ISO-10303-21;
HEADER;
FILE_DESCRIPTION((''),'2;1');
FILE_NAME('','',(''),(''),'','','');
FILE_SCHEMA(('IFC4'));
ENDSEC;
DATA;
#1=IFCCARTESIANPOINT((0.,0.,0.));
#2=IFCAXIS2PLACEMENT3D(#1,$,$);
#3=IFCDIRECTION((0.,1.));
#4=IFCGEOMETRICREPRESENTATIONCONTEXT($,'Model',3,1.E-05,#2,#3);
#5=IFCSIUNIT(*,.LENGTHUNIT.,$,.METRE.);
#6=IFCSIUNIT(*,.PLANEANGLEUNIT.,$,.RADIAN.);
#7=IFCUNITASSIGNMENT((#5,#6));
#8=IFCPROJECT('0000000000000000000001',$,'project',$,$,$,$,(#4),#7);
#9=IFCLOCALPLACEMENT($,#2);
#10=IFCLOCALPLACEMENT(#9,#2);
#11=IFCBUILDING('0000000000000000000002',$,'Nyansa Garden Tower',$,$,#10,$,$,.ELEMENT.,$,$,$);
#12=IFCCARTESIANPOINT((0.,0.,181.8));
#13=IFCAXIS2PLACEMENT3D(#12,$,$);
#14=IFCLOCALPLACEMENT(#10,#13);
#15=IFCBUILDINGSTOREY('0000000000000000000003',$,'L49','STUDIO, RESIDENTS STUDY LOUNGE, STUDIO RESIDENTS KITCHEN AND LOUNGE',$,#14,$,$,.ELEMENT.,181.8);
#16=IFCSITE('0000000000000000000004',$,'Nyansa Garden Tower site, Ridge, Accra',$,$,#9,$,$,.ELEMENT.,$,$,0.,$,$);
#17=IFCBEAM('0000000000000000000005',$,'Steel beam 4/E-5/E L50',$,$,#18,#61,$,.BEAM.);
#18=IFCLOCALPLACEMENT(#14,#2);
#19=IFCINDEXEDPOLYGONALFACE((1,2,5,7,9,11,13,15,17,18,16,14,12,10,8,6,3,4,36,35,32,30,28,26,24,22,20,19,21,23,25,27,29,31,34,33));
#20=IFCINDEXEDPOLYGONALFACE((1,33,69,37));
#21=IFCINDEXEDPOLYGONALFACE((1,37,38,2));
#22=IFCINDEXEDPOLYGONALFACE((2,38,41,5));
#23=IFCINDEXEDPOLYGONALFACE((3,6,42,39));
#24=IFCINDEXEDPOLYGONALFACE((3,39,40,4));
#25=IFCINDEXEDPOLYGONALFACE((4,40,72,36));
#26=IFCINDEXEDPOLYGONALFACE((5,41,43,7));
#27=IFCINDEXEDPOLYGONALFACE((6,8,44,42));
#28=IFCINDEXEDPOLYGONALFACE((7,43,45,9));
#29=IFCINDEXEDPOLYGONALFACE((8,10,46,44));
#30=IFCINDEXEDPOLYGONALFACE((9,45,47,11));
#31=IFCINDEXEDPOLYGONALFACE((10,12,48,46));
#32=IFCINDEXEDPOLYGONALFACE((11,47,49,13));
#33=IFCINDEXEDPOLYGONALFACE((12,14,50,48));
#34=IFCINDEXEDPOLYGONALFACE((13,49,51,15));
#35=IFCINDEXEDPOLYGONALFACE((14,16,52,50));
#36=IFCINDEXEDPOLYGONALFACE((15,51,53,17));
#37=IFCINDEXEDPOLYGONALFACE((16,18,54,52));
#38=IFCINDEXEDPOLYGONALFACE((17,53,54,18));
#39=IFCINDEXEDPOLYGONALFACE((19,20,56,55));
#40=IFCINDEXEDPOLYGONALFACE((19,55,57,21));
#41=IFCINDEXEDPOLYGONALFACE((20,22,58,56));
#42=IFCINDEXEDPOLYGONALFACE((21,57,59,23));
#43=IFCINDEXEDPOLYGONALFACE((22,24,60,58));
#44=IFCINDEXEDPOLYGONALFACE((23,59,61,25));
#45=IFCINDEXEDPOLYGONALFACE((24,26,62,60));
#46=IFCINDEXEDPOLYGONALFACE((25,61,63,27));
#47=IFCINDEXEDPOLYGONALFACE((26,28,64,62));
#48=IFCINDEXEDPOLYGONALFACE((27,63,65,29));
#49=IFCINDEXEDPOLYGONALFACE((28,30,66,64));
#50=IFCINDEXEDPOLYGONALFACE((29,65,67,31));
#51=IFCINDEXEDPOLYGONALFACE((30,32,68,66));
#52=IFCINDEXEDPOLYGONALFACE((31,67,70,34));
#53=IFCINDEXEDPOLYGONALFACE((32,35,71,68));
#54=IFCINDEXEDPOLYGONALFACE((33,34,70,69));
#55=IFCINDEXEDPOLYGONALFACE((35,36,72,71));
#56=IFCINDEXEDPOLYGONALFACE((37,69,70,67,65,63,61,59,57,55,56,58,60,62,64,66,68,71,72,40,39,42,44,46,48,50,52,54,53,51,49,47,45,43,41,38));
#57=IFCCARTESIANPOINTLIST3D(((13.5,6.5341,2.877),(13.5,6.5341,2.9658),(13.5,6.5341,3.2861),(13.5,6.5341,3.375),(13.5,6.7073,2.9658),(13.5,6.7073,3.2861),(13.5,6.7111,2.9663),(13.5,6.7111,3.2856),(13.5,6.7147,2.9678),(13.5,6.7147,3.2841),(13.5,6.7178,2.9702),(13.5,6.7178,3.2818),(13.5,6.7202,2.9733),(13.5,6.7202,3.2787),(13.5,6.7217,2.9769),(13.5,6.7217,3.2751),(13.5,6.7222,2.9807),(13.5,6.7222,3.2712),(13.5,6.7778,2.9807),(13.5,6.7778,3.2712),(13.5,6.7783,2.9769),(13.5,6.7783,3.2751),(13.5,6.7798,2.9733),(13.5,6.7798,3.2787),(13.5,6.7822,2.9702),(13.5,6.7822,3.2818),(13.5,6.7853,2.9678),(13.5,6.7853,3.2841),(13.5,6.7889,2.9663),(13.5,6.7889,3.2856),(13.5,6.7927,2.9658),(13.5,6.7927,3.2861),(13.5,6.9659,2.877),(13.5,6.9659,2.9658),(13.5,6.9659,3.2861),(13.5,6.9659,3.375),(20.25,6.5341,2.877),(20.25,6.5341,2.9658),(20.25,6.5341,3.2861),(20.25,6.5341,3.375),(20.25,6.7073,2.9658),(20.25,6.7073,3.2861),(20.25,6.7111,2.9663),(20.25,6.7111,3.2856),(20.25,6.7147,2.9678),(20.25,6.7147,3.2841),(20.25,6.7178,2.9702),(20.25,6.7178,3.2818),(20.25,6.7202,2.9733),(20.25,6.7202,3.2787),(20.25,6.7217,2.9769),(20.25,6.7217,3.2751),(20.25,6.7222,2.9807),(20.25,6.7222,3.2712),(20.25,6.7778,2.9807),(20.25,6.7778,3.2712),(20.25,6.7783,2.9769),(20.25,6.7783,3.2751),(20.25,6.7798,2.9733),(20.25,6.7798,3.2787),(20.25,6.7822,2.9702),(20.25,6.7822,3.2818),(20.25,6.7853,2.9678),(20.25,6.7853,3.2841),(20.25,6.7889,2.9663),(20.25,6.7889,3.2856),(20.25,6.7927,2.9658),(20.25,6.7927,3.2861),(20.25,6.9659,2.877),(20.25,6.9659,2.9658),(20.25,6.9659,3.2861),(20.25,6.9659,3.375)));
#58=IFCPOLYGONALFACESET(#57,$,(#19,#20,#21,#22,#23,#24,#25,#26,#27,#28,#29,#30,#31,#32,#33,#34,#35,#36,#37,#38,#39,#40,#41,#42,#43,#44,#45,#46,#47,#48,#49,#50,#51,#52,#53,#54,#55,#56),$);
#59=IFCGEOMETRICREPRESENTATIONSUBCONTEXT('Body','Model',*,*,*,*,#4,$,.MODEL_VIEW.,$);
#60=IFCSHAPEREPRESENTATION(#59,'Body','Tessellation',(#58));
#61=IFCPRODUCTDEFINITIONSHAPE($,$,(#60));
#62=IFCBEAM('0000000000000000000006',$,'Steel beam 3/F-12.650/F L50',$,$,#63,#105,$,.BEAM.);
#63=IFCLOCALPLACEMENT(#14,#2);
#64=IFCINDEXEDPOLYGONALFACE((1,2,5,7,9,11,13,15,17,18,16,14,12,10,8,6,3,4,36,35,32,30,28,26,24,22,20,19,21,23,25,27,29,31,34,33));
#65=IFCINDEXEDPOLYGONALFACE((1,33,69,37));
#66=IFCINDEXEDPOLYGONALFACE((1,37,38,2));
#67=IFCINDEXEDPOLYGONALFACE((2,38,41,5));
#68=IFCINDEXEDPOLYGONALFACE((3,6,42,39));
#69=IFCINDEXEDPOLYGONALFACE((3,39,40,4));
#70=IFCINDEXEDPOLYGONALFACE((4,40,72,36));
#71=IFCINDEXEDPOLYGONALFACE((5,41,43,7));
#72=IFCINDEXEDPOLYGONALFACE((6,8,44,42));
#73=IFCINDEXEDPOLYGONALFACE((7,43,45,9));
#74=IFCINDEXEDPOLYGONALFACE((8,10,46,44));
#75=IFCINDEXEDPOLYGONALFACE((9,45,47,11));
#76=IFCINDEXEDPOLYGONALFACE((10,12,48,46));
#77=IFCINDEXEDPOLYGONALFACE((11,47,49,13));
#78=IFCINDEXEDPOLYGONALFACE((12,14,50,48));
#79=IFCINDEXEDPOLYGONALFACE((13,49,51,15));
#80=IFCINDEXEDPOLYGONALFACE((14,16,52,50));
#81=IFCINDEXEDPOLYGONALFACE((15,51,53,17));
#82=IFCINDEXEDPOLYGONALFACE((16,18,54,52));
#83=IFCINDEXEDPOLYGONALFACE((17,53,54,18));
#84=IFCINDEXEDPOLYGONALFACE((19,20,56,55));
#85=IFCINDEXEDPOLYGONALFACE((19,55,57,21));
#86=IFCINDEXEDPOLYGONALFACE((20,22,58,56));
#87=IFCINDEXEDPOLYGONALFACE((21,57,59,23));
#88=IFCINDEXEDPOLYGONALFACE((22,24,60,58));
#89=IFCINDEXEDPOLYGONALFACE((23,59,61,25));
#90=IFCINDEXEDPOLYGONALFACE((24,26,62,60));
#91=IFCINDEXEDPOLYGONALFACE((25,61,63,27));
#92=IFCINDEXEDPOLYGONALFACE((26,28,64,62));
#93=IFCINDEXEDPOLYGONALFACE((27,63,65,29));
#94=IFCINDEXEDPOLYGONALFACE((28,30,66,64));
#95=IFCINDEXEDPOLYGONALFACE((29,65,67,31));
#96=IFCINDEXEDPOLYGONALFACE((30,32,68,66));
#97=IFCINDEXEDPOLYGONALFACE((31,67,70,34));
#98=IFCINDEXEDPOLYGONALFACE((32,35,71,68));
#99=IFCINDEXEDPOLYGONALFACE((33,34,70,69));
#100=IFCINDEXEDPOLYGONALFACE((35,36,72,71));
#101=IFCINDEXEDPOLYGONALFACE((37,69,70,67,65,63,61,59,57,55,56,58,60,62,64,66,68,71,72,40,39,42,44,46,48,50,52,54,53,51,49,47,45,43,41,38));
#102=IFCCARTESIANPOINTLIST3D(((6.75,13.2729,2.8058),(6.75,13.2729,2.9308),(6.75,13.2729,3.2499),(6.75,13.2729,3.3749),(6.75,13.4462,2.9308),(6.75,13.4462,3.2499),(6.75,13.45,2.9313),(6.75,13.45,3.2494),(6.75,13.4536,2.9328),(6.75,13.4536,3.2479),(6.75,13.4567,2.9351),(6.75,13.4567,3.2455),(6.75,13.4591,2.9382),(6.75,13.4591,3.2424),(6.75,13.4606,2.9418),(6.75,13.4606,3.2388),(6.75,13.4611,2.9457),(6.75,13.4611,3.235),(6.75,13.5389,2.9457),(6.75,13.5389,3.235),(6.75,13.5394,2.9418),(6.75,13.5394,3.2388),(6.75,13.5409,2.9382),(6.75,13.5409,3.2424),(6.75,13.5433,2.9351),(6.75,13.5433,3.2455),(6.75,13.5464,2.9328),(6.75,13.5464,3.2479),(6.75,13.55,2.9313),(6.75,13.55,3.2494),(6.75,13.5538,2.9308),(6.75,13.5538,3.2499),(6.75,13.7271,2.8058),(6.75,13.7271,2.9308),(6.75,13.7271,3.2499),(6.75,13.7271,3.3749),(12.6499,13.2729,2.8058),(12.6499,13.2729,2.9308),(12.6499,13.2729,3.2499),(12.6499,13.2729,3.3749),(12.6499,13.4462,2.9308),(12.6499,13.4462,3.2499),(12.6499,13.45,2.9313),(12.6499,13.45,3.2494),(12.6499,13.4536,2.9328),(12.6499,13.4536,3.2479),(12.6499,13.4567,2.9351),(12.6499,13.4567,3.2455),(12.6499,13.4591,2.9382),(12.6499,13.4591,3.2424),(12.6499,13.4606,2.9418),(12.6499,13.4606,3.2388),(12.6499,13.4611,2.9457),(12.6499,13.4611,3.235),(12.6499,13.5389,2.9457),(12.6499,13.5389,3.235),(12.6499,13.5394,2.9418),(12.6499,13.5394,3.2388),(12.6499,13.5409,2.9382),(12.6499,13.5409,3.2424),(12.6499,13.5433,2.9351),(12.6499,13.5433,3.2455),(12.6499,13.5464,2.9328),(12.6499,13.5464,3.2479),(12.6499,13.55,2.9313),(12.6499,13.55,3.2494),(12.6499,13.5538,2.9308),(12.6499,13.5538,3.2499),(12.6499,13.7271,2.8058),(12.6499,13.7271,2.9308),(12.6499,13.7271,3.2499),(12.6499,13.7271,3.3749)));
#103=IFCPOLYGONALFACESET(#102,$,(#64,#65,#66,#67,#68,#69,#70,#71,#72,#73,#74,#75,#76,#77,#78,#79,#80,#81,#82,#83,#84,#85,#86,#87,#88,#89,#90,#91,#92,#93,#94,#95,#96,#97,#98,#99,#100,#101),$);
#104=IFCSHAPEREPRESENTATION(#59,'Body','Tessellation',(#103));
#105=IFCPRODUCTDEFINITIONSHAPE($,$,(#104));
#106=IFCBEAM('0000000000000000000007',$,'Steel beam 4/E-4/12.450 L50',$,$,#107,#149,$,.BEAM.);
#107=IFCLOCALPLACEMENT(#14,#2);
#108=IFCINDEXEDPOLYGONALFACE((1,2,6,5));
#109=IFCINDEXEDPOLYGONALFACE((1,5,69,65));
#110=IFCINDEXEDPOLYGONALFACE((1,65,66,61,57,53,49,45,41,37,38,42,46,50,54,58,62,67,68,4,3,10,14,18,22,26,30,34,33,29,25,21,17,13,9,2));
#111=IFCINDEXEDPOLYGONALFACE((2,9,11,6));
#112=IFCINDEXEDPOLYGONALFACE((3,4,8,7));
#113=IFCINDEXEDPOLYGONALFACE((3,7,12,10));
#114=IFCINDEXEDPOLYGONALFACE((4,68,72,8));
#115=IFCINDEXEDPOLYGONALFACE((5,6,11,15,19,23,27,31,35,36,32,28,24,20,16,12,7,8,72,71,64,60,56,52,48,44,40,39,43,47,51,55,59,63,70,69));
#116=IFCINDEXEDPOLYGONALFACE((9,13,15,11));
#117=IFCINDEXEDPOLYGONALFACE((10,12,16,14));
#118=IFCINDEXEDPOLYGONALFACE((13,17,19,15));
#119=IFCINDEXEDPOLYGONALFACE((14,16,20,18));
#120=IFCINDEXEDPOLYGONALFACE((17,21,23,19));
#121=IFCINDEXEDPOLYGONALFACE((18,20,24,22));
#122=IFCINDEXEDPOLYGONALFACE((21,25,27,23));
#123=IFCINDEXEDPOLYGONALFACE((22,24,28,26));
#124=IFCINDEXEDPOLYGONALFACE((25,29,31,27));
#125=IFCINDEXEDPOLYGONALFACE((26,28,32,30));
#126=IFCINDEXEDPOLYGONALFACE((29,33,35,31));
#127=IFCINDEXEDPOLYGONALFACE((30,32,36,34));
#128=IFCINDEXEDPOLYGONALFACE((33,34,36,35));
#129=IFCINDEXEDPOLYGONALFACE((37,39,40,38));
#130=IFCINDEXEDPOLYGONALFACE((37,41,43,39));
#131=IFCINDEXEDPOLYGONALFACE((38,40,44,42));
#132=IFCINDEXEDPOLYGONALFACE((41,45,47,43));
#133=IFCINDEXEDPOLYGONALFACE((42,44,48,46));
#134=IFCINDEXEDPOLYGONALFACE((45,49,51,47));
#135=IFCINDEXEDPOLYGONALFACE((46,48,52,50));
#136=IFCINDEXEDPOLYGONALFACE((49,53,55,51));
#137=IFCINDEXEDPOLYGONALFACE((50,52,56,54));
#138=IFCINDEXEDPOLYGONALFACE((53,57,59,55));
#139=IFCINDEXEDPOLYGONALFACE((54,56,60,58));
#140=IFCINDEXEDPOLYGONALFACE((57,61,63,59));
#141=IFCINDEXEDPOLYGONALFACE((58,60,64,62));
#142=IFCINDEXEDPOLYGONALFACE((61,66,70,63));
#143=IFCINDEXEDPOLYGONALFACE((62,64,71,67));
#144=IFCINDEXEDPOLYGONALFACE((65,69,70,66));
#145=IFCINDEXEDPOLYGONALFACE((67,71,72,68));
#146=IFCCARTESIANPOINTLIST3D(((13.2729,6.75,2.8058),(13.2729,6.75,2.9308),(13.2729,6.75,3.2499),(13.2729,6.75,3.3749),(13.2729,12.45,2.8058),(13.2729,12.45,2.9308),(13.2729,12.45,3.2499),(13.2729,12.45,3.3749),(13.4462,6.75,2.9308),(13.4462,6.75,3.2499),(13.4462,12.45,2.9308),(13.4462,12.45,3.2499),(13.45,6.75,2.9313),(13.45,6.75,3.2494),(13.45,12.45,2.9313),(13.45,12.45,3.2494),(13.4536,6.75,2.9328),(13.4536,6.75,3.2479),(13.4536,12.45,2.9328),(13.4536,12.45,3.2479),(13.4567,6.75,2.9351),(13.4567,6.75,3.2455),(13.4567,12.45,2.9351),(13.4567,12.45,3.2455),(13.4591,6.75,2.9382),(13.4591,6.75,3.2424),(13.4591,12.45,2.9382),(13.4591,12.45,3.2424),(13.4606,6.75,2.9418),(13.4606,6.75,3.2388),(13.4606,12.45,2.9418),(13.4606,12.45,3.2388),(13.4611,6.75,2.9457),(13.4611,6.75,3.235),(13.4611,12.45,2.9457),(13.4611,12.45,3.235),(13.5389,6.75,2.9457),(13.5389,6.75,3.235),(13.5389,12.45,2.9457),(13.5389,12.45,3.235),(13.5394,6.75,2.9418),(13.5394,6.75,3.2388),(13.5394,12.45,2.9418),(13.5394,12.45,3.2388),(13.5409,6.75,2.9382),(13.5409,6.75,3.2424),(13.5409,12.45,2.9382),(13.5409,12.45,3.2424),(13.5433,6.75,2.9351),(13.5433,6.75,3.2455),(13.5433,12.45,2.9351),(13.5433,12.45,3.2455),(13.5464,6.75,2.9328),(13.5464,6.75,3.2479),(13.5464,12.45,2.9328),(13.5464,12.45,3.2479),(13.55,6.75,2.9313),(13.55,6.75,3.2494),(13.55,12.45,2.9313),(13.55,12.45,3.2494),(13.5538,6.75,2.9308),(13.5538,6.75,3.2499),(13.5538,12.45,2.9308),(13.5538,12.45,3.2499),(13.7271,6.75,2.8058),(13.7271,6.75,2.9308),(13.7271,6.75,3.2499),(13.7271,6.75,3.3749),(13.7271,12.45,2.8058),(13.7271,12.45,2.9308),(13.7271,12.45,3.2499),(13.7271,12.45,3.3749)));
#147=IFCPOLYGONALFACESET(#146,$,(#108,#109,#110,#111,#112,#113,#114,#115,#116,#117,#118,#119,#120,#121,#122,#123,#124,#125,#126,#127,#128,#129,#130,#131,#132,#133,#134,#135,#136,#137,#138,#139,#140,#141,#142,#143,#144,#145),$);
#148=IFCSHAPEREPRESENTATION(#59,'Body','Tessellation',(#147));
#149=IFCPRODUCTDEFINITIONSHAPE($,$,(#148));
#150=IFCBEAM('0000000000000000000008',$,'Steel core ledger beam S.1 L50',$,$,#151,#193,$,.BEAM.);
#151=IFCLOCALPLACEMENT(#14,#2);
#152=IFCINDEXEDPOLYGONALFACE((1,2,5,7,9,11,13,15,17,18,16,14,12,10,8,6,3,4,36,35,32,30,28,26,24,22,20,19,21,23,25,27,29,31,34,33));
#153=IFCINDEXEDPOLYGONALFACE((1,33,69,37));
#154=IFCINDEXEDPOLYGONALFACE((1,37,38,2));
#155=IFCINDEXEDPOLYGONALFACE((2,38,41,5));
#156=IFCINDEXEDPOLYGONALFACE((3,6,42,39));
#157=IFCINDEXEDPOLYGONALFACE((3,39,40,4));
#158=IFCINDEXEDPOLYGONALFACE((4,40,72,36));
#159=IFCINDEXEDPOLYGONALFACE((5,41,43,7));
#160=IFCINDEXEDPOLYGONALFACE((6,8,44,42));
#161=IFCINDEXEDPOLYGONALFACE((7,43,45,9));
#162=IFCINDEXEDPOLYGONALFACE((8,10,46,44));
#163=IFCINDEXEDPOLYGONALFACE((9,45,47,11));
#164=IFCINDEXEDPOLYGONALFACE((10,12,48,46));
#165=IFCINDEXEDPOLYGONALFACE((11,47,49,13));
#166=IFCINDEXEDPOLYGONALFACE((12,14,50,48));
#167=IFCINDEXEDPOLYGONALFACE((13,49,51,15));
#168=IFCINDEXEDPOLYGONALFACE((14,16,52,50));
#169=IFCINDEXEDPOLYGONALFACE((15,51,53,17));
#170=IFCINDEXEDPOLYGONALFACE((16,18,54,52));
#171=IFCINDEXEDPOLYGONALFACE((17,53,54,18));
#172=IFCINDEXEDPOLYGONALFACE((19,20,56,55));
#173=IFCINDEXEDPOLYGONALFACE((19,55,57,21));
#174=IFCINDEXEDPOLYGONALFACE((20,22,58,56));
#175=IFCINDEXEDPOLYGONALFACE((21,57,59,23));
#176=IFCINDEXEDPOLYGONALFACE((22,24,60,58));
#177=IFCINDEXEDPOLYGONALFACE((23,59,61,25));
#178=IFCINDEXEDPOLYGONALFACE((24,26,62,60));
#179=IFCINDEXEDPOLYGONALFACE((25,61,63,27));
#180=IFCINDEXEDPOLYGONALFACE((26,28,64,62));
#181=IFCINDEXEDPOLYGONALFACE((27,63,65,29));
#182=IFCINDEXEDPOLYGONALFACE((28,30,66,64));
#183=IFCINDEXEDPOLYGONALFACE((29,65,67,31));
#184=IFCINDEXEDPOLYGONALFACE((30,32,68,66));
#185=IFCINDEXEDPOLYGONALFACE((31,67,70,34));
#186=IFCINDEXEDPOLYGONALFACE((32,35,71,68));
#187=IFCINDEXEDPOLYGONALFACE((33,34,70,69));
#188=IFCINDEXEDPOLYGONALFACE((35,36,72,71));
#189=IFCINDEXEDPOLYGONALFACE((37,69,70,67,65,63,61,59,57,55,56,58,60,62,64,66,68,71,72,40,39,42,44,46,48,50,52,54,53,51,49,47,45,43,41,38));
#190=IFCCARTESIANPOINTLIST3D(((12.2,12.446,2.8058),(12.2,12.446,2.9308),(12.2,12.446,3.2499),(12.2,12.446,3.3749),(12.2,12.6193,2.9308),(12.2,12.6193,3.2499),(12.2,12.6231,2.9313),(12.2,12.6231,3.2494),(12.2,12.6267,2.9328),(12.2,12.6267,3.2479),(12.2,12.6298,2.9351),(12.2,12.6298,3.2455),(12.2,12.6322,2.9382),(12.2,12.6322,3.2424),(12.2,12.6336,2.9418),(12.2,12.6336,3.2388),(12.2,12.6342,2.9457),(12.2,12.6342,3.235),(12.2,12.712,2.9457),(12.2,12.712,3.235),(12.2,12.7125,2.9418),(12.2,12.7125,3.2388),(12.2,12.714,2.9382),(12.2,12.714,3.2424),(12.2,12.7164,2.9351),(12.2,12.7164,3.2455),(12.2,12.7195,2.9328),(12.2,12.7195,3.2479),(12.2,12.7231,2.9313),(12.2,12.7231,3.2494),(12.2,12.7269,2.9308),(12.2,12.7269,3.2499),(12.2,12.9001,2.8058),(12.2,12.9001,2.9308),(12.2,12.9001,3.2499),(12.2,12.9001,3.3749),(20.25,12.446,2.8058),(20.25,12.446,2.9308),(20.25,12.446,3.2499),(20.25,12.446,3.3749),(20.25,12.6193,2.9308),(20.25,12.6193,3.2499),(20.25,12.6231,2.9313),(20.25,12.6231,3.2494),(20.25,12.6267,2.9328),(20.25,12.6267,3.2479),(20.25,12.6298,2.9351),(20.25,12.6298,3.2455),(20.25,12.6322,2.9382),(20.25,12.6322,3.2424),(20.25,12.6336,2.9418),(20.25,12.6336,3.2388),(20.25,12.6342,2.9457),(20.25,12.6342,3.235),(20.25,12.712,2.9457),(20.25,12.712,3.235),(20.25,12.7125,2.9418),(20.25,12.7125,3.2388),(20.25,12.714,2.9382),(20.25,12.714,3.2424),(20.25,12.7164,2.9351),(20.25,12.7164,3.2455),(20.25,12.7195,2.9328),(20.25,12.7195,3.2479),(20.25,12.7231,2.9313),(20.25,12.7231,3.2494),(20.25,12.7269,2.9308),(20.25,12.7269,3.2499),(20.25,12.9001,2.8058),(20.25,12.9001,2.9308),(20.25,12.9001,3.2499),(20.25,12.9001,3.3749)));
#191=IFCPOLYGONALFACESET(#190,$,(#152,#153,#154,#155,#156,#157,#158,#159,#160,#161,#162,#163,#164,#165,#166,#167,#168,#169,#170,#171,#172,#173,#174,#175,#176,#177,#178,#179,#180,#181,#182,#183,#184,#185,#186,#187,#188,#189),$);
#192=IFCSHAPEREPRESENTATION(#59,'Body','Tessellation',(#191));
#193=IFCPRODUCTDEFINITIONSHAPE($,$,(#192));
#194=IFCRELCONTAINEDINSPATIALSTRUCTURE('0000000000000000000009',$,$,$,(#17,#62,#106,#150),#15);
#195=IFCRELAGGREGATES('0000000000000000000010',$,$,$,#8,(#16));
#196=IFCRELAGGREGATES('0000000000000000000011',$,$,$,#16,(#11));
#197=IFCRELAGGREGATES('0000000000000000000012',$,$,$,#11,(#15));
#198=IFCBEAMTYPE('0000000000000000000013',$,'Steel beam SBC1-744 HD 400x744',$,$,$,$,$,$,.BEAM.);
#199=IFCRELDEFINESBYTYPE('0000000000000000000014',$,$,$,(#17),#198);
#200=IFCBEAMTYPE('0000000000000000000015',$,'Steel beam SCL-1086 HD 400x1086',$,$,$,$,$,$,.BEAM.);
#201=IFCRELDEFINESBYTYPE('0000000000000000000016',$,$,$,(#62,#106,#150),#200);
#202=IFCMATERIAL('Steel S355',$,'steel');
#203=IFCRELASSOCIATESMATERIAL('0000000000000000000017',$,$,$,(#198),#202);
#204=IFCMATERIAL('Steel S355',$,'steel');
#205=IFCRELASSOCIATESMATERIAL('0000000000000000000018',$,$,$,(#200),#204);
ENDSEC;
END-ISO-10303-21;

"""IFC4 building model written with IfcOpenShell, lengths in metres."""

from ifc_helpers import new_model, si_unit, direction, frame, origin, origin_2d, place, context, subcontext, project, spatial, i_section, extrude, material, material_profile, profile_set, type_object, element, save


model = new_model("IFC4")

# Units and contexts
model_context = context("Model", 3, precision=1e-05, world=origin(), true_north=direction((0.0, 1.0)))
body_context = subcontext(model_context, "Body", "Model", "MODEL_VIEW")
ifc_project = project(units=[si_unit("LENGTHUNIT", "METRE"), si_unit("PLANEANGLEUNIT", "RADIAN")], contexts=[model_context])

# Site, building, storey
site_placement = place(None, origin())
site = spatial("IfcSite", under=ifc_project, at=site_placement, Name="Nyansa Garden Tower site, Ridge, Accra", CompositionType="ELEMENT", RefElevation=0.0)
building_placement = place(site_placement, origin())
building = spatial("IfcBuilding", under=site, at=building_placement, Name="Nyansa Garden Tower", CompositionType="ELEMENT")
storey_placement = place(building_placement, frame((0.0, 0.0, 181.8)))
storey = spatial("IfcBuildingStorey", under=building, at=storey_placement, Name="L49", Description="STUDIO, RESIDENTS STUDY LOUNGE, STUDIO RESIDENTS KITCHEN AND LOUNGE", CompositionType="ELEMENT", Elevation=181.8)

# Beams
ifc_material_1 = material(Name="Steel S355", Category="steel")
ifc_material_profile_1 = material_profile(ifc_material_1, i_section(OverallWidth=0.4319, OverallDepth=0.498, WebThickness=0.0557, FlangeThickness=0.0889, FilletRadius=0.0149, at=origin_2d()), Name="HD 400x744")
ifc_profile_set_1 = profile_set([ifc_material_profile_1], Name="Steel S355")
beam_type_1 = type_object("IfcBeamType", Name="Steel beam SBC1-744 HD 400x744", PredefinedType="BEAM", material=ifc_profile_set_1)
for number, where, z_axis, x_axis, name in (
    (1, (13.5, 6.75, 3.126), (1.0, 0.0, 0.0), (0.0, 1.0, 0.0), "Steel beam 4/E-5/E L50"),
):
    element("IfcBeam", number, at=place(storey_placement, frame(where, z_axis=z_axis, x_axis=x_axis)), inside=storey, type_object=beam_type_1, Name=name, PredefinedType="BEAM", context=body_context, shape_type="SweptSolid", body=[
        extrude(i_section(OverallWidth=0.4319, OverallDepth=0.498, WebThickness=0.0557, FlangeThickness=0.0889, FilletRadius=0.0149, at=origin_2d()), origin(), (0.0, 0.0, 1.0), 6.75),
    ])
ifc_material_2 = material(Name="Steel S355", Category="steel")
ifc_material_profile_2 = material_profile(ifc_material_2, i_section(OverallWidth=0.4541, OverallDepth=0.5691, WebThickness=0.0779, FlangeThickness=0.125, FilletRadius=0.0149, at=origin_2d()), Name="HD 400x1086")
ifc_profile_set_2 = profile_set([ifc_material_profile_2], Name="Steel S355")
beam_type_2 = type_object("IfcBeamType", Name="Steel beam SCL-1086 HD 400x1086", PredefinedType="BEAM", material=ifc_profile_set_2)
beam_1_placement = place(storey_placement, frame((6.75, 13.5, 3.0903), z_axis=(1.0, 0.0, 0.0), x_axis=(0.0, 1.0, 0.0)))
element("IfcBeam", 2, at=beam_1_placement, inside=storey, type_object=beam_type_2, Name="Steel beam 3/F-12.650/F L50", PredefinedType="BEAM", context=body_context, shape_type="SweptSolid", body=[
    extrude(i_section(OverallWidth=0.4541, OverallDepth=0.5691, WebThickness=0.0779, FlangeThickness=0.125, FilletRadius=0.0149, at=origin_2d()), origin(), (0.0, 0.0, 1.0), 5.8999),
])
beam_2_placement = place(storey_placement, frame((13.5, 6.75, 3.0903), z_axis=(0.0, 1.0, 0.0), x_axis=(-1.0, 0.0, 0.0)))
element("IfcBeam", 3, at=beam_2_placement, inside=storey, type_object=beam_type_2, Name="Steel beam 4/E-4/12.450 L50", PredefinedType="BEAM", context=body_context, shape_type="SweptSolid", body=[
    extrude(i_section(OverallWidth=0.4541, OverallDepth=0.5691, WebThickness=0.0779, FlangeThickness=0.125, FilletRadius=0.0149, at=origin_2d()), origin(), (0.0, 0.0, 1.0), 5.7),
])
beam_3_placement = place(storey_placement, frame((12.2, 12.6731, 3.0903), z_axis=(1.0, 0.0, 0.0), x_axis=(0.0, 1.0, 0.0)))
element("IfcBeam", 4, at=beam_3_placement, inside=storey, type_object=beam_type_2, Name="Steel core ledger beam S.1 L50", PredefinedType="BEAM", context=body_context, shape_type="SweptSolid", body=[
    extrude(i_section(OverallWidth=0.4541, OverallDepth=0.5691, WebThickness=0.0779, FlangeThickness=0.125, FilletRadius=0.0149, at=origin_2d()), origin(), (0.0, 0.0, 1.0), 8.05),
])

save(model, "model.ifc")
